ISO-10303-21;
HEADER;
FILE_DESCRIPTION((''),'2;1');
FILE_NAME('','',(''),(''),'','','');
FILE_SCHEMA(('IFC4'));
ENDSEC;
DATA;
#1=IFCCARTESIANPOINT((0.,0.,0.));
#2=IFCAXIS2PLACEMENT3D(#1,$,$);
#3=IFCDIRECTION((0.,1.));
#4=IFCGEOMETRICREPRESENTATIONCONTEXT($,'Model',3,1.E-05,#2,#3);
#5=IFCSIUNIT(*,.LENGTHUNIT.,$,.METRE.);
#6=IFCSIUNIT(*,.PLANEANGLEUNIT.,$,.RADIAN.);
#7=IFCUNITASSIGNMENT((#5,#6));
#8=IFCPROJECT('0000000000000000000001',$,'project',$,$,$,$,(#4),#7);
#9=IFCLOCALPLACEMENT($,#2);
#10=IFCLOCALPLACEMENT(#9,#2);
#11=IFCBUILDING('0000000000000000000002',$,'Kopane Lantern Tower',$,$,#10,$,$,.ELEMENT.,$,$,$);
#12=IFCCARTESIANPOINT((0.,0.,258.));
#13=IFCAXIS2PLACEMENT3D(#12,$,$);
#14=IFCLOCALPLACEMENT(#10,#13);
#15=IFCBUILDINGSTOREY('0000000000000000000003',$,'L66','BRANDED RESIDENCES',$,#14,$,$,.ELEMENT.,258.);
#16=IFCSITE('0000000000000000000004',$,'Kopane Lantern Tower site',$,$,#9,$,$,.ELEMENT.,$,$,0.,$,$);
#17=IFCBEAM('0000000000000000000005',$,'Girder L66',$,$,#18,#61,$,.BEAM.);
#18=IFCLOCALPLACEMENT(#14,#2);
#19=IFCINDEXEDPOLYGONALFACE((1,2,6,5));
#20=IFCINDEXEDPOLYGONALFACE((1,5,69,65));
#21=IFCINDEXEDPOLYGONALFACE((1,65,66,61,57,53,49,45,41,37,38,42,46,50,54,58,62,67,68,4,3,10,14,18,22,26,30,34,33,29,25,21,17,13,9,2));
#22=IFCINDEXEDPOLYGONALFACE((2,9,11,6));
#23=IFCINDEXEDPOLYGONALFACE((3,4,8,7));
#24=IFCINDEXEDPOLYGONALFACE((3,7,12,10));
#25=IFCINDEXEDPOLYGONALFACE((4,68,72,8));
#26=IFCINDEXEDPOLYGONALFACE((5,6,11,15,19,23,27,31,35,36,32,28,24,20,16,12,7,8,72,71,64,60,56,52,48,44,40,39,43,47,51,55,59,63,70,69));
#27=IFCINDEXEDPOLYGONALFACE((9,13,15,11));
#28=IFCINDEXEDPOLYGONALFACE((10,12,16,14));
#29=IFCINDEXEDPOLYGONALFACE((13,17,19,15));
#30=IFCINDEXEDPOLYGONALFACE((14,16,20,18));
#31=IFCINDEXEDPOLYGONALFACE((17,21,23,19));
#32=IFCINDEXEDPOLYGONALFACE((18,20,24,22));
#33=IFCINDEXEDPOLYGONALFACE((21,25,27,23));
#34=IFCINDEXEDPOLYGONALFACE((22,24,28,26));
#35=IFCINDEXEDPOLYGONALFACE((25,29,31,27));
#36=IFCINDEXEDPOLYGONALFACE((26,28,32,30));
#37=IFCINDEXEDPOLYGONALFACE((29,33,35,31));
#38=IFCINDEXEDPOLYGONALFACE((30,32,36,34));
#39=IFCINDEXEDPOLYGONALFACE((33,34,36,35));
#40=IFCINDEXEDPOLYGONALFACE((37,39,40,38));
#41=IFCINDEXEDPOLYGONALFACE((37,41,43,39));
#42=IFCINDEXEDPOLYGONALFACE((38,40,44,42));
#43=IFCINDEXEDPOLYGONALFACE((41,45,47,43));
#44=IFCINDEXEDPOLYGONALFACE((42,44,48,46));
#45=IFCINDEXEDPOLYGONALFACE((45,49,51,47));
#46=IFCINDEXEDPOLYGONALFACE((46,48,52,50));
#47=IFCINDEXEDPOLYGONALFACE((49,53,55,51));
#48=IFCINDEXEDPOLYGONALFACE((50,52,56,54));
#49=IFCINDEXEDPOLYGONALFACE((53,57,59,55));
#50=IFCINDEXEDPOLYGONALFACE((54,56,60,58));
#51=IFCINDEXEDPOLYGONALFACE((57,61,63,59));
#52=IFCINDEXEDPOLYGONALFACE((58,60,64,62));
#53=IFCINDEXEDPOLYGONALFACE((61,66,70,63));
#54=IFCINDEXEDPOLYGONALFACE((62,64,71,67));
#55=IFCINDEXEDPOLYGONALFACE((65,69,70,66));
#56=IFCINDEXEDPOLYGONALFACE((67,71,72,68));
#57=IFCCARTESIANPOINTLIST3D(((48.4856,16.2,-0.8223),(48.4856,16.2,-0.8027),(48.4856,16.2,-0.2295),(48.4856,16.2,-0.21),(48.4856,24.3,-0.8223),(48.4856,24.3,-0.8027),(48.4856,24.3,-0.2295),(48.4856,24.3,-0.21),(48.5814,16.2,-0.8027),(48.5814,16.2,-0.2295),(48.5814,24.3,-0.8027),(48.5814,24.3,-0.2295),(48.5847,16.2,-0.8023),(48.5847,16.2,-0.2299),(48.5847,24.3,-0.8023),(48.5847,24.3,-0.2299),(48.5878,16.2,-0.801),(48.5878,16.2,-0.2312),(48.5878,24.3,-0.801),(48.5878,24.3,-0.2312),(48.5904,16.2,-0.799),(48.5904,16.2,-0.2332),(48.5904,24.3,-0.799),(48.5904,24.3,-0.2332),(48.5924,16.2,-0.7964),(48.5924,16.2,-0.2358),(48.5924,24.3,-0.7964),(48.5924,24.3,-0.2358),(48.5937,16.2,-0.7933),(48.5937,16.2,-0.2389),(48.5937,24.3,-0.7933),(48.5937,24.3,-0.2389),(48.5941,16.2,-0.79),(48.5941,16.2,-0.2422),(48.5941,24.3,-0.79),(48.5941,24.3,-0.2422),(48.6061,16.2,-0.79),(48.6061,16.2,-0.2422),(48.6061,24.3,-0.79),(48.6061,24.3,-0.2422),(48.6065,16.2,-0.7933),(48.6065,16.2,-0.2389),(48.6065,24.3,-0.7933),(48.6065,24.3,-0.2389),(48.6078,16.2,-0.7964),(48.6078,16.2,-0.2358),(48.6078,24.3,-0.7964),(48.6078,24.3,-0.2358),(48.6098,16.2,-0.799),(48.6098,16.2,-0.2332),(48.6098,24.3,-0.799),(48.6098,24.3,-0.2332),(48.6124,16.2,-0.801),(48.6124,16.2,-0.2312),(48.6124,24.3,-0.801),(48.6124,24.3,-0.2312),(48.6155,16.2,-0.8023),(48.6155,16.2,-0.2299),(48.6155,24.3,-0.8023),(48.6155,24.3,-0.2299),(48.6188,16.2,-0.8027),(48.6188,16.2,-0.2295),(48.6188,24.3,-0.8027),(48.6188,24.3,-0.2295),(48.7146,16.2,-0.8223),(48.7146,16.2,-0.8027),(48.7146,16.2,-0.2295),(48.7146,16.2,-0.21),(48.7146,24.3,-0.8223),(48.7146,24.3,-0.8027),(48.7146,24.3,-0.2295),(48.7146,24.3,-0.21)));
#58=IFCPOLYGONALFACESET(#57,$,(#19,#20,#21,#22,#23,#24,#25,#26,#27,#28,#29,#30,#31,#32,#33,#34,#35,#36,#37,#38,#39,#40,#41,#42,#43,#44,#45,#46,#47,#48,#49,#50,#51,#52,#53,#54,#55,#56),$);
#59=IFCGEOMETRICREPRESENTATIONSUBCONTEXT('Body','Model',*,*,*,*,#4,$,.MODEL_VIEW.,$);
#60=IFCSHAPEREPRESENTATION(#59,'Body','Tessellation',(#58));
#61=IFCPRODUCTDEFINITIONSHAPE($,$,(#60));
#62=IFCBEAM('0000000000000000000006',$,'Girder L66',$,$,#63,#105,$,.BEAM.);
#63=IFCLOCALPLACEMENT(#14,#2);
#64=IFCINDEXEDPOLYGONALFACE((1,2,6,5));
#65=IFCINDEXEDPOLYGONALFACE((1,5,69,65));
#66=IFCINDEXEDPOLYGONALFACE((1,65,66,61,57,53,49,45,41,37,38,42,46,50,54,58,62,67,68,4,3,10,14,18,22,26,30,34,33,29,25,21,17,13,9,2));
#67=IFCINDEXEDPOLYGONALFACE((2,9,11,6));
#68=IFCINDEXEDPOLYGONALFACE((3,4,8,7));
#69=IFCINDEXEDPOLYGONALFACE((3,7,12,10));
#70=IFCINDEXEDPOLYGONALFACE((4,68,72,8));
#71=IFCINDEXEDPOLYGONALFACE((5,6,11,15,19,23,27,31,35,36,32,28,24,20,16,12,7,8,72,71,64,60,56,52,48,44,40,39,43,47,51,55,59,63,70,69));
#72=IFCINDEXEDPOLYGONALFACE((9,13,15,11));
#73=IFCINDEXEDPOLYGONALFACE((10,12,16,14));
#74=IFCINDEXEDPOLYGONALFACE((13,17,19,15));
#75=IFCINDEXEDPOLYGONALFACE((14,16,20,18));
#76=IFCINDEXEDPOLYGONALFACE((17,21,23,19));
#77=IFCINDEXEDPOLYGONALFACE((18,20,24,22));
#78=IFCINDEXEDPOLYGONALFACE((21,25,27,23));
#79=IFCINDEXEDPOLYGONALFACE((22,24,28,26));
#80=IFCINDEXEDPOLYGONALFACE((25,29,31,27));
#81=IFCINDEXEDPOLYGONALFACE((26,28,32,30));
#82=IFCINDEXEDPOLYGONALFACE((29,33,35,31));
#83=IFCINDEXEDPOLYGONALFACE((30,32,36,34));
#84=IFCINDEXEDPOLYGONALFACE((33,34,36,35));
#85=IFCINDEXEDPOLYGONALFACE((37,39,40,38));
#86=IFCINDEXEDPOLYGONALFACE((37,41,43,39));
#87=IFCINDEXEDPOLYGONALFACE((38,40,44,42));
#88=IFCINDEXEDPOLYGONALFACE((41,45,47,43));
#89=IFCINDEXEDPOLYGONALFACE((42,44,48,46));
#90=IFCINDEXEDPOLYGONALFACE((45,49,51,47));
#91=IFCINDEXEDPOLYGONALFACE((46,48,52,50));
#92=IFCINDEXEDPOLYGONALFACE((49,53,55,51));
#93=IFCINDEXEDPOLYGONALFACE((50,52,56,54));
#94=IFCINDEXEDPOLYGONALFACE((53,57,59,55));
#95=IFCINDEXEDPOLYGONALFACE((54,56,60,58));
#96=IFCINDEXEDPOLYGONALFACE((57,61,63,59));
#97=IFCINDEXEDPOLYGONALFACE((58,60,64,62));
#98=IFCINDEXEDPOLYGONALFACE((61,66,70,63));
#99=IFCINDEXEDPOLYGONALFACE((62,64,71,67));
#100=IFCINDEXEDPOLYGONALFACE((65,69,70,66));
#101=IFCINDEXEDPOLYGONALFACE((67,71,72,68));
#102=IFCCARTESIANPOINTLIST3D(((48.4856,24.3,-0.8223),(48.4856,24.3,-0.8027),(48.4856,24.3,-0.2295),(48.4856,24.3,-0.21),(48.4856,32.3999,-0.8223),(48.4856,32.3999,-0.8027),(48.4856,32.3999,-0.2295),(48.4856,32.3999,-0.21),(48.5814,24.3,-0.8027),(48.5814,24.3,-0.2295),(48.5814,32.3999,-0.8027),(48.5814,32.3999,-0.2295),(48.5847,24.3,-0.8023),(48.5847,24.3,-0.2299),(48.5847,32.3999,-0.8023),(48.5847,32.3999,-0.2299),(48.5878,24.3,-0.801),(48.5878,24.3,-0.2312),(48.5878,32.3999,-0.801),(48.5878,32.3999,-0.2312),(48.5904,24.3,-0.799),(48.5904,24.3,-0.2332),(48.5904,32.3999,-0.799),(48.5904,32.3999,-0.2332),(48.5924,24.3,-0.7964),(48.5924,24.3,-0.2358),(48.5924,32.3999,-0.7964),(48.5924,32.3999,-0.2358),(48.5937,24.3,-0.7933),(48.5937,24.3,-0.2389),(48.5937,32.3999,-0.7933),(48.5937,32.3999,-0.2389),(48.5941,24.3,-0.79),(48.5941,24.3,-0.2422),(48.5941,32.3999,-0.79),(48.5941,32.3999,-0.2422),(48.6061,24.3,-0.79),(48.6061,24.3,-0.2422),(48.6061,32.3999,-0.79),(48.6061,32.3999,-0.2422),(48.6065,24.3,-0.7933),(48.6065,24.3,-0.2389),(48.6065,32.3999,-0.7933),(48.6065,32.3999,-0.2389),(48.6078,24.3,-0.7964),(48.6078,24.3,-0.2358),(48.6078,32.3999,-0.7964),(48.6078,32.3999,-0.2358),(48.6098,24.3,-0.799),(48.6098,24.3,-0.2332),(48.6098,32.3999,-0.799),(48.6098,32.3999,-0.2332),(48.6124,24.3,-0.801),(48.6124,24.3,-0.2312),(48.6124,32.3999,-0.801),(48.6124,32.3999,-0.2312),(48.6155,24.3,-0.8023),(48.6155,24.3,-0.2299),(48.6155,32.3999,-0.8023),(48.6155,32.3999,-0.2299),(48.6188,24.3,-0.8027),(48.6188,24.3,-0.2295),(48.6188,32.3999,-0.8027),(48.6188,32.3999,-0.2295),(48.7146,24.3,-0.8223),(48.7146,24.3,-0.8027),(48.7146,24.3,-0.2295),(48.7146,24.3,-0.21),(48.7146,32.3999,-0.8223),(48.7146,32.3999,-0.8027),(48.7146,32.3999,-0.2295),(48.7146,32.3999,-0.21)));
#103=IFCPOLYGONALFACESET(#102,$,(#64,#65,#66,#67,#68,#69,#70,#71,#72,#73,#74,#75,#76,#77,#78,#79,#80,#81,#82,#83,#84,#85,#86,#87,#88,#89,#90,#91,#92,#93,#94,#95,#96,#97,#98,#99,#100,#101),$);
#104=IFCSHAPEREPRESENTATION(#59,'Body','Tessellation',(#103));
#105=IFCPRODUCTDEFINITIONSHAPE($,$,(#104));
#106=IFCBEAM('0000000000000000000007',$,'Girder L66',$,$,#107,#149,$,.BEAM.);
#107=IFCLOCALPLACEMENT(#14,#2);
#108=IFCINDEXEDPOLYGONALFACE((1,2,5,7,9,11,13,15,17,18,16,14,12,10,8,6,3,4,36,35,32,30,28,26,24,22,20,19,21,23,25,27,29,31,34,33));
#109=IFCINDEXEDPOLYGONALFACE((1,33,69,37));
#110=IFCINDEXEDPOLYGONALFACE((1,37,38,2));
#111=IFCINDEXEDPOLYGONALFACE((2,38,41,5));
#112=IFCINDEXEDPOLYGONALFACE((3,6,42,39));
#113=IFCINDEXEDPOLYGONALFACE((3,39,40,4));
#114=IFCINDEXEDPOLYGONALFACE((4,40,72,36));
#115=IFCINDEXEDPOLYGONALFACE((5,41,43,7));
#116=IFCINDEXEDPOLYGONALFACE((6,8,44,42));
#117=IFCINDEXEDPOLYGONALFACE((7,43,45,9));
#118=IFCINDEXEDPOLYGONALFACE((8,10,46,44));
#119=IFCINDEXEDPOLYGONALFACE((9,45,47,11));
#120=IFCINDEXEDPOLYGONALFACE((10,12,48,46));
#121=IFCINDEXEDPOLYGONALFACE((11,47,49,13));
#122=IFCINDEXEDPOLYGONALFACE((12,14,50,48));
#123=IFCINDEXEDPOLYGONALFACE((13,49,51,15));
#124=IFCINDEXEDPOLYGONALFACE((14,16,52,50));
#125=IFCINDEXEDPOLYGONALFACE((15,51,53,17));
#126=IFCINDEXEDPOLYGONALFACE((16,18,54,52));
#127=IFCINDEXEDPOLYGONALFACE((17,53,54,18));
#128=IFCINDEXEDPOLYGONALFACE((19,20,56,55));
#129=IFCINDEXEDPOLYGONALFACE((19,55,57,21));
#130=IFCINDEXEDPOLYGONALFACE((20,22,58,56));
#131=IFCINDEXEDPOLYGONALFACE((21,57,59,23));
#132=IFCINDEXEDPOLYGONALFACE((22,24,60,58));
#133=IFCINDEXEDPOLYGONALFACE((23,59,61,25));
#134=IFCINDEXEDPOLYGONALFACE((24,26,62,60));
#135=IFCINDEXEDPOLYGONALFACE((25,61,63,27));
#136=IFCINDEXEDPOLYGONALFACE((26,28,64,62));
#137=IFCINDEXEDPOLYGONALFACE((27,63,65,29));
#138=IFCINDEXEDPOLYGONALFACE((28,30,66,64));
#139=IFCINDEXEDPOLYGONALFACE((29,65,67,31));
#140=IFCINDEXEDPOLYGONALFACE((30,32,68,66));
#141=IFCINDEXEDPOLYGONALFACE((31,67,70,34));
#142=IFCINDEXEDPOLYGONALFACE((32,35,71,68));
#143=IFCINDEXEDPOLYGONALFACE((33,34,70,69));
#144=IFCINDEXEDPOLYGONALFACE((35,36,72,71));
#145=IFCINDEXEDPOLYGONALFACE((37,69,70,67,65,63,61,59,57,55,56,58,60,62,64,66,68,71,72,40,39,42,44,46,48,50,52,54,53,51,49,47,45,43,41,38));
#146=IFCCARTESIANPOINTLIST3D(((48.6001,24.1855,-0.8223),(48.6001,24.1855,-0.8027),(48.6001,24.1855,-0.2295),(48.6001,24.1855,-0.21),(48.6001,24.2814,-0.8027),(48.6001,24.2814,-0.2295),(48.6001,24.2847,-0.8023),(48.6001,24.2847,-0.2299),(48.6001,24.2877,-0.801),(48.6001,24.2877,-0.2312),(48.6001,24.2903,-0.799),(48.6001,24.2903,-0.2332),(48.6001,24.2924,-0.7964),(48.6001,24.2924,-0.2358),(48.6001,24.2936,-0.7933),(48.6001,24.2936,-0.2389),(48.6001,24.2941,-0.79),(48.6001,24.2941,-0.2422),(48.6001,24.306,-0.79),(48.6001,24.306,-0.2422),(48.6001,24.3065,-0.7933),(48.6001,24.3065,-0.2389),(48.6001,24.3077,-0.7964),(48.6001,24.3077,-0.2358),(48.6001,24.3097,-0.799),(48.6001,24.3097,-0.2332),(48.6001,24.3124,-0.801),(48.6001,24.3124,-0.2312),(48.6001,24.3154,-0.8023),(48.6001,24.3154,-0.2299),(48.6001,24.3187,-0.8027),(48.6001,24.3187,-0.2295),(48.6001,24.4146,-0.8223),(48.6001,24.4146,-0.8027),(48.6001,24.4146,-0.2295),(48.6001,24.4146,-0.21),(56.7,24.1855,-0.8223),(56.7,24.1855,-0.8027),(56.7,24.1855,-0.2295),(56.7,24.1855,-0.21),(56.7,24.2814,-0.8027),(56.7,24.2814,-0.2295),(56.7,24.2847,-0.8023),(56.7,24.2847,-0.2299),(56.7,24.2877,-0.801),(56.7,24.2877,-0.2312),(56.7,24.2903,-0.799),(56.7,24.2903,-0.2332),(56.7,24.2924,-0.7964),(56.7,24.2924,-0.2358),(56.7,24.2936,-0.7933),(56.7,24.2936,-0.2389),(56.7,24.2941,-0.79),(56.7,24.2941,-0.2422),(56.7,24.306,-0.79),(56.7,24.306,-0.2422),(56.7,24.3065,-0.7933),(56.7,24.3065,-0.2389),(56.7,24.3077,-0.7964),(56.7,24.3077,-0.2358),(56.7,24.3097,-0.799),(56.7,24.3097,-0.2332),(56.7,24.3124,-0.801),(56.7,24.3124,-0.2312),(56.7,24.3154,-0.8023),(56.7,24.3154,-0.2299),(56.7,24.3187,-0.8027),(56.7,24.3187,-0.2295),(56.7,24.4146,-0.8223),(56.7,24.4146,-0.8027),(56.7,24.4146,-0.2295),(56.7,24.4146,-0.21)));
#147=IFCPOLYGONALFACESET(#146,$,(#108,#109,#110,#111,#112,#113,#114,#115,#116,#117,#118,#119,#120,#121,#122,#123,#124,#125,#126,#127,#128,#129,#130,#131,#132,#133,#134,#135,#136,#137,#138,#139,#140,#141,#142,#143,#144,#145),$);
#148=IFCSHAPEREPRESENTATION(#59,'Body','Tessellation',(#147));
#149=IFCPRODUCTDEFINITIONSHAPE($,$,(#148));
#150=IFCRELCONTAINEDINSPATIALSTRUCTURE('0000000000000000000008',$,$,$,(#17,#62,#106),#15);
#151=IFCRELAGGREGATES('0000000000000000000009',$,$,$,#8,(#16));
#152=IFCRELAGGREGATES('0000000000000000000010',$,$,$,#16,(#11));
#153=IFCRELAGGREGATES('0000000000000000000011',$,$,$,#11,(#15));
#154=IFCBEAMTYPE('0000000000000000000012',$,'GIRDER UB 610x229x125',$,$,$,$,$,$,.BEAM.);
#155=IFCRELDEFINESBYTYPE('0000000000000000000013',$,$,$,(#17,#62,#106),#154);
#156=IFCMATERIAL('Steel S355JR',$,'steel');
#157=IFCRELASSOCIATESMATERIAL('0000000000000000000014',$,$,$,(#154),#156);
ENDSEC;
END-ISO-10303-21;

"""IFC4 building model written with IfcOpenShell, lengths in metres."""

from ifc_helpers import new_model, si_unit, direction, frame, origin, origin_2d, place, context, subcontext, project, spatial, i_section, extrude, material, material_profile, profile_set, type_object, element, save


model = new_model("IFC4")

# Units and contexts
model_context = context("Model", 3, precision=1e-05, world=origin(), true_north=direction((0.0, 1.0)))
body_context = subcontext(model_context, "Body", "Model", "MODEL_VIEW")
ifc_project = project(units=[si_unit("LENGTHUNIT", "METRE"), si_unit("PLANEANGLEUNIT", "RADIAN")], contexts=[model_context])

# Site, building, storey
site_placement = place(None, origin())
site = spatial("IfcSite", under=ifc_project, at=site_placement, Name="Kopane Lantern Tower site", CompositionType="ELEMENT", RefElevation=0.0)
building_placement = place(site_placement, origin())
building = spatial("IfcBuilding", under=site, at=building_placement, Name="Kopane Lantern Tower", CompositionType="ELEMENT")
storey_placement = place(building_placement, frame((0.0, 0.0, 258.0)))
storey = spatial("IfcBuildingStorey", under=building, at=storey_placement, Name="L66", Description="BRANDED RESIDENCES", CompositionType="ELEMENT", Elevation=258.0)

# Beams
ifc_material_1 = material(Name="Steel S355JR", Category="steel")
ifc_material_profile_1 = material_profile(ifc_material_1, i_section(OverallWidth=0.229, OverallDepth=0.6123, WebThickness=0.012, FlangeThickness=0.0195, FilletRadius=0.0127, at=origin_2d()), Name="UB 610x229x125")
ifc_profile_set_1 = profile_set([ifc_material_profile_1], Name="Steel S355JR")
beam_type_1 = type_object("IfcBeamType", Name="GIRDER UB 610x229x125", PredefinedType="BEAM", material=ifc_profile_set_1)
for number, where, z_axis, x_axis, name in (
    (1, (48.6001, 16.2, -0.5161), (0.0, 1.0, 0.0), (-1.0, 0.0, 0.0), "Girder L66"),
):
    element("IfcBeam", number, at=place(storey_placement, frame(where, z_axis=z_axis, x_axis=x_axis)), inside=storey, type_object=beam_type_1, Name=name, PredefinedType="BEAM", context=body_context, shape_type="SweptSolid", body=[
        extrude(i_section(OverallWidth=0.229, OverallDepth=0.6123, WebThickness=0.012, FlangeThickness=0.0195, FilletRadius=0.0127, at=origin_2d()), origin(), (0.0, 0.0, 1.0), 8.1001),
    ])
for number, where, z_axis, x_axis, name in (
    (2, (48.6001, 24.3, -0.5161), (0.0, 1.0, 0.0), (-1.0, 0.0, 0.0), "Girder L66"),
    (3, (48.6001, 24.3, -0.5161), (1.0, 0.0, 0.0), (0.0, 1.0, 0.0), "Girder L66"),
):
    element("IfcBeam", number, at=place(storey_placement, frame(where, z_axis=z_axis, x_axis=x_axis)), inside=storey, type_object=beam_type_1, Name=name, PredefinedType="BEAM", context=body_context, shape_type="SweptSolid", body=[
        extrude(i_section(OverallWidth=0.229, OverallDepth=0.6123, WebThickness=0.012, FlangeThickness=0.0195, FilletRadius=0.0127, at=origin_2d()), origin(), (0.0, 0.0, 1.0), 8.0999),
    ])

save(model, "model.ifc")
